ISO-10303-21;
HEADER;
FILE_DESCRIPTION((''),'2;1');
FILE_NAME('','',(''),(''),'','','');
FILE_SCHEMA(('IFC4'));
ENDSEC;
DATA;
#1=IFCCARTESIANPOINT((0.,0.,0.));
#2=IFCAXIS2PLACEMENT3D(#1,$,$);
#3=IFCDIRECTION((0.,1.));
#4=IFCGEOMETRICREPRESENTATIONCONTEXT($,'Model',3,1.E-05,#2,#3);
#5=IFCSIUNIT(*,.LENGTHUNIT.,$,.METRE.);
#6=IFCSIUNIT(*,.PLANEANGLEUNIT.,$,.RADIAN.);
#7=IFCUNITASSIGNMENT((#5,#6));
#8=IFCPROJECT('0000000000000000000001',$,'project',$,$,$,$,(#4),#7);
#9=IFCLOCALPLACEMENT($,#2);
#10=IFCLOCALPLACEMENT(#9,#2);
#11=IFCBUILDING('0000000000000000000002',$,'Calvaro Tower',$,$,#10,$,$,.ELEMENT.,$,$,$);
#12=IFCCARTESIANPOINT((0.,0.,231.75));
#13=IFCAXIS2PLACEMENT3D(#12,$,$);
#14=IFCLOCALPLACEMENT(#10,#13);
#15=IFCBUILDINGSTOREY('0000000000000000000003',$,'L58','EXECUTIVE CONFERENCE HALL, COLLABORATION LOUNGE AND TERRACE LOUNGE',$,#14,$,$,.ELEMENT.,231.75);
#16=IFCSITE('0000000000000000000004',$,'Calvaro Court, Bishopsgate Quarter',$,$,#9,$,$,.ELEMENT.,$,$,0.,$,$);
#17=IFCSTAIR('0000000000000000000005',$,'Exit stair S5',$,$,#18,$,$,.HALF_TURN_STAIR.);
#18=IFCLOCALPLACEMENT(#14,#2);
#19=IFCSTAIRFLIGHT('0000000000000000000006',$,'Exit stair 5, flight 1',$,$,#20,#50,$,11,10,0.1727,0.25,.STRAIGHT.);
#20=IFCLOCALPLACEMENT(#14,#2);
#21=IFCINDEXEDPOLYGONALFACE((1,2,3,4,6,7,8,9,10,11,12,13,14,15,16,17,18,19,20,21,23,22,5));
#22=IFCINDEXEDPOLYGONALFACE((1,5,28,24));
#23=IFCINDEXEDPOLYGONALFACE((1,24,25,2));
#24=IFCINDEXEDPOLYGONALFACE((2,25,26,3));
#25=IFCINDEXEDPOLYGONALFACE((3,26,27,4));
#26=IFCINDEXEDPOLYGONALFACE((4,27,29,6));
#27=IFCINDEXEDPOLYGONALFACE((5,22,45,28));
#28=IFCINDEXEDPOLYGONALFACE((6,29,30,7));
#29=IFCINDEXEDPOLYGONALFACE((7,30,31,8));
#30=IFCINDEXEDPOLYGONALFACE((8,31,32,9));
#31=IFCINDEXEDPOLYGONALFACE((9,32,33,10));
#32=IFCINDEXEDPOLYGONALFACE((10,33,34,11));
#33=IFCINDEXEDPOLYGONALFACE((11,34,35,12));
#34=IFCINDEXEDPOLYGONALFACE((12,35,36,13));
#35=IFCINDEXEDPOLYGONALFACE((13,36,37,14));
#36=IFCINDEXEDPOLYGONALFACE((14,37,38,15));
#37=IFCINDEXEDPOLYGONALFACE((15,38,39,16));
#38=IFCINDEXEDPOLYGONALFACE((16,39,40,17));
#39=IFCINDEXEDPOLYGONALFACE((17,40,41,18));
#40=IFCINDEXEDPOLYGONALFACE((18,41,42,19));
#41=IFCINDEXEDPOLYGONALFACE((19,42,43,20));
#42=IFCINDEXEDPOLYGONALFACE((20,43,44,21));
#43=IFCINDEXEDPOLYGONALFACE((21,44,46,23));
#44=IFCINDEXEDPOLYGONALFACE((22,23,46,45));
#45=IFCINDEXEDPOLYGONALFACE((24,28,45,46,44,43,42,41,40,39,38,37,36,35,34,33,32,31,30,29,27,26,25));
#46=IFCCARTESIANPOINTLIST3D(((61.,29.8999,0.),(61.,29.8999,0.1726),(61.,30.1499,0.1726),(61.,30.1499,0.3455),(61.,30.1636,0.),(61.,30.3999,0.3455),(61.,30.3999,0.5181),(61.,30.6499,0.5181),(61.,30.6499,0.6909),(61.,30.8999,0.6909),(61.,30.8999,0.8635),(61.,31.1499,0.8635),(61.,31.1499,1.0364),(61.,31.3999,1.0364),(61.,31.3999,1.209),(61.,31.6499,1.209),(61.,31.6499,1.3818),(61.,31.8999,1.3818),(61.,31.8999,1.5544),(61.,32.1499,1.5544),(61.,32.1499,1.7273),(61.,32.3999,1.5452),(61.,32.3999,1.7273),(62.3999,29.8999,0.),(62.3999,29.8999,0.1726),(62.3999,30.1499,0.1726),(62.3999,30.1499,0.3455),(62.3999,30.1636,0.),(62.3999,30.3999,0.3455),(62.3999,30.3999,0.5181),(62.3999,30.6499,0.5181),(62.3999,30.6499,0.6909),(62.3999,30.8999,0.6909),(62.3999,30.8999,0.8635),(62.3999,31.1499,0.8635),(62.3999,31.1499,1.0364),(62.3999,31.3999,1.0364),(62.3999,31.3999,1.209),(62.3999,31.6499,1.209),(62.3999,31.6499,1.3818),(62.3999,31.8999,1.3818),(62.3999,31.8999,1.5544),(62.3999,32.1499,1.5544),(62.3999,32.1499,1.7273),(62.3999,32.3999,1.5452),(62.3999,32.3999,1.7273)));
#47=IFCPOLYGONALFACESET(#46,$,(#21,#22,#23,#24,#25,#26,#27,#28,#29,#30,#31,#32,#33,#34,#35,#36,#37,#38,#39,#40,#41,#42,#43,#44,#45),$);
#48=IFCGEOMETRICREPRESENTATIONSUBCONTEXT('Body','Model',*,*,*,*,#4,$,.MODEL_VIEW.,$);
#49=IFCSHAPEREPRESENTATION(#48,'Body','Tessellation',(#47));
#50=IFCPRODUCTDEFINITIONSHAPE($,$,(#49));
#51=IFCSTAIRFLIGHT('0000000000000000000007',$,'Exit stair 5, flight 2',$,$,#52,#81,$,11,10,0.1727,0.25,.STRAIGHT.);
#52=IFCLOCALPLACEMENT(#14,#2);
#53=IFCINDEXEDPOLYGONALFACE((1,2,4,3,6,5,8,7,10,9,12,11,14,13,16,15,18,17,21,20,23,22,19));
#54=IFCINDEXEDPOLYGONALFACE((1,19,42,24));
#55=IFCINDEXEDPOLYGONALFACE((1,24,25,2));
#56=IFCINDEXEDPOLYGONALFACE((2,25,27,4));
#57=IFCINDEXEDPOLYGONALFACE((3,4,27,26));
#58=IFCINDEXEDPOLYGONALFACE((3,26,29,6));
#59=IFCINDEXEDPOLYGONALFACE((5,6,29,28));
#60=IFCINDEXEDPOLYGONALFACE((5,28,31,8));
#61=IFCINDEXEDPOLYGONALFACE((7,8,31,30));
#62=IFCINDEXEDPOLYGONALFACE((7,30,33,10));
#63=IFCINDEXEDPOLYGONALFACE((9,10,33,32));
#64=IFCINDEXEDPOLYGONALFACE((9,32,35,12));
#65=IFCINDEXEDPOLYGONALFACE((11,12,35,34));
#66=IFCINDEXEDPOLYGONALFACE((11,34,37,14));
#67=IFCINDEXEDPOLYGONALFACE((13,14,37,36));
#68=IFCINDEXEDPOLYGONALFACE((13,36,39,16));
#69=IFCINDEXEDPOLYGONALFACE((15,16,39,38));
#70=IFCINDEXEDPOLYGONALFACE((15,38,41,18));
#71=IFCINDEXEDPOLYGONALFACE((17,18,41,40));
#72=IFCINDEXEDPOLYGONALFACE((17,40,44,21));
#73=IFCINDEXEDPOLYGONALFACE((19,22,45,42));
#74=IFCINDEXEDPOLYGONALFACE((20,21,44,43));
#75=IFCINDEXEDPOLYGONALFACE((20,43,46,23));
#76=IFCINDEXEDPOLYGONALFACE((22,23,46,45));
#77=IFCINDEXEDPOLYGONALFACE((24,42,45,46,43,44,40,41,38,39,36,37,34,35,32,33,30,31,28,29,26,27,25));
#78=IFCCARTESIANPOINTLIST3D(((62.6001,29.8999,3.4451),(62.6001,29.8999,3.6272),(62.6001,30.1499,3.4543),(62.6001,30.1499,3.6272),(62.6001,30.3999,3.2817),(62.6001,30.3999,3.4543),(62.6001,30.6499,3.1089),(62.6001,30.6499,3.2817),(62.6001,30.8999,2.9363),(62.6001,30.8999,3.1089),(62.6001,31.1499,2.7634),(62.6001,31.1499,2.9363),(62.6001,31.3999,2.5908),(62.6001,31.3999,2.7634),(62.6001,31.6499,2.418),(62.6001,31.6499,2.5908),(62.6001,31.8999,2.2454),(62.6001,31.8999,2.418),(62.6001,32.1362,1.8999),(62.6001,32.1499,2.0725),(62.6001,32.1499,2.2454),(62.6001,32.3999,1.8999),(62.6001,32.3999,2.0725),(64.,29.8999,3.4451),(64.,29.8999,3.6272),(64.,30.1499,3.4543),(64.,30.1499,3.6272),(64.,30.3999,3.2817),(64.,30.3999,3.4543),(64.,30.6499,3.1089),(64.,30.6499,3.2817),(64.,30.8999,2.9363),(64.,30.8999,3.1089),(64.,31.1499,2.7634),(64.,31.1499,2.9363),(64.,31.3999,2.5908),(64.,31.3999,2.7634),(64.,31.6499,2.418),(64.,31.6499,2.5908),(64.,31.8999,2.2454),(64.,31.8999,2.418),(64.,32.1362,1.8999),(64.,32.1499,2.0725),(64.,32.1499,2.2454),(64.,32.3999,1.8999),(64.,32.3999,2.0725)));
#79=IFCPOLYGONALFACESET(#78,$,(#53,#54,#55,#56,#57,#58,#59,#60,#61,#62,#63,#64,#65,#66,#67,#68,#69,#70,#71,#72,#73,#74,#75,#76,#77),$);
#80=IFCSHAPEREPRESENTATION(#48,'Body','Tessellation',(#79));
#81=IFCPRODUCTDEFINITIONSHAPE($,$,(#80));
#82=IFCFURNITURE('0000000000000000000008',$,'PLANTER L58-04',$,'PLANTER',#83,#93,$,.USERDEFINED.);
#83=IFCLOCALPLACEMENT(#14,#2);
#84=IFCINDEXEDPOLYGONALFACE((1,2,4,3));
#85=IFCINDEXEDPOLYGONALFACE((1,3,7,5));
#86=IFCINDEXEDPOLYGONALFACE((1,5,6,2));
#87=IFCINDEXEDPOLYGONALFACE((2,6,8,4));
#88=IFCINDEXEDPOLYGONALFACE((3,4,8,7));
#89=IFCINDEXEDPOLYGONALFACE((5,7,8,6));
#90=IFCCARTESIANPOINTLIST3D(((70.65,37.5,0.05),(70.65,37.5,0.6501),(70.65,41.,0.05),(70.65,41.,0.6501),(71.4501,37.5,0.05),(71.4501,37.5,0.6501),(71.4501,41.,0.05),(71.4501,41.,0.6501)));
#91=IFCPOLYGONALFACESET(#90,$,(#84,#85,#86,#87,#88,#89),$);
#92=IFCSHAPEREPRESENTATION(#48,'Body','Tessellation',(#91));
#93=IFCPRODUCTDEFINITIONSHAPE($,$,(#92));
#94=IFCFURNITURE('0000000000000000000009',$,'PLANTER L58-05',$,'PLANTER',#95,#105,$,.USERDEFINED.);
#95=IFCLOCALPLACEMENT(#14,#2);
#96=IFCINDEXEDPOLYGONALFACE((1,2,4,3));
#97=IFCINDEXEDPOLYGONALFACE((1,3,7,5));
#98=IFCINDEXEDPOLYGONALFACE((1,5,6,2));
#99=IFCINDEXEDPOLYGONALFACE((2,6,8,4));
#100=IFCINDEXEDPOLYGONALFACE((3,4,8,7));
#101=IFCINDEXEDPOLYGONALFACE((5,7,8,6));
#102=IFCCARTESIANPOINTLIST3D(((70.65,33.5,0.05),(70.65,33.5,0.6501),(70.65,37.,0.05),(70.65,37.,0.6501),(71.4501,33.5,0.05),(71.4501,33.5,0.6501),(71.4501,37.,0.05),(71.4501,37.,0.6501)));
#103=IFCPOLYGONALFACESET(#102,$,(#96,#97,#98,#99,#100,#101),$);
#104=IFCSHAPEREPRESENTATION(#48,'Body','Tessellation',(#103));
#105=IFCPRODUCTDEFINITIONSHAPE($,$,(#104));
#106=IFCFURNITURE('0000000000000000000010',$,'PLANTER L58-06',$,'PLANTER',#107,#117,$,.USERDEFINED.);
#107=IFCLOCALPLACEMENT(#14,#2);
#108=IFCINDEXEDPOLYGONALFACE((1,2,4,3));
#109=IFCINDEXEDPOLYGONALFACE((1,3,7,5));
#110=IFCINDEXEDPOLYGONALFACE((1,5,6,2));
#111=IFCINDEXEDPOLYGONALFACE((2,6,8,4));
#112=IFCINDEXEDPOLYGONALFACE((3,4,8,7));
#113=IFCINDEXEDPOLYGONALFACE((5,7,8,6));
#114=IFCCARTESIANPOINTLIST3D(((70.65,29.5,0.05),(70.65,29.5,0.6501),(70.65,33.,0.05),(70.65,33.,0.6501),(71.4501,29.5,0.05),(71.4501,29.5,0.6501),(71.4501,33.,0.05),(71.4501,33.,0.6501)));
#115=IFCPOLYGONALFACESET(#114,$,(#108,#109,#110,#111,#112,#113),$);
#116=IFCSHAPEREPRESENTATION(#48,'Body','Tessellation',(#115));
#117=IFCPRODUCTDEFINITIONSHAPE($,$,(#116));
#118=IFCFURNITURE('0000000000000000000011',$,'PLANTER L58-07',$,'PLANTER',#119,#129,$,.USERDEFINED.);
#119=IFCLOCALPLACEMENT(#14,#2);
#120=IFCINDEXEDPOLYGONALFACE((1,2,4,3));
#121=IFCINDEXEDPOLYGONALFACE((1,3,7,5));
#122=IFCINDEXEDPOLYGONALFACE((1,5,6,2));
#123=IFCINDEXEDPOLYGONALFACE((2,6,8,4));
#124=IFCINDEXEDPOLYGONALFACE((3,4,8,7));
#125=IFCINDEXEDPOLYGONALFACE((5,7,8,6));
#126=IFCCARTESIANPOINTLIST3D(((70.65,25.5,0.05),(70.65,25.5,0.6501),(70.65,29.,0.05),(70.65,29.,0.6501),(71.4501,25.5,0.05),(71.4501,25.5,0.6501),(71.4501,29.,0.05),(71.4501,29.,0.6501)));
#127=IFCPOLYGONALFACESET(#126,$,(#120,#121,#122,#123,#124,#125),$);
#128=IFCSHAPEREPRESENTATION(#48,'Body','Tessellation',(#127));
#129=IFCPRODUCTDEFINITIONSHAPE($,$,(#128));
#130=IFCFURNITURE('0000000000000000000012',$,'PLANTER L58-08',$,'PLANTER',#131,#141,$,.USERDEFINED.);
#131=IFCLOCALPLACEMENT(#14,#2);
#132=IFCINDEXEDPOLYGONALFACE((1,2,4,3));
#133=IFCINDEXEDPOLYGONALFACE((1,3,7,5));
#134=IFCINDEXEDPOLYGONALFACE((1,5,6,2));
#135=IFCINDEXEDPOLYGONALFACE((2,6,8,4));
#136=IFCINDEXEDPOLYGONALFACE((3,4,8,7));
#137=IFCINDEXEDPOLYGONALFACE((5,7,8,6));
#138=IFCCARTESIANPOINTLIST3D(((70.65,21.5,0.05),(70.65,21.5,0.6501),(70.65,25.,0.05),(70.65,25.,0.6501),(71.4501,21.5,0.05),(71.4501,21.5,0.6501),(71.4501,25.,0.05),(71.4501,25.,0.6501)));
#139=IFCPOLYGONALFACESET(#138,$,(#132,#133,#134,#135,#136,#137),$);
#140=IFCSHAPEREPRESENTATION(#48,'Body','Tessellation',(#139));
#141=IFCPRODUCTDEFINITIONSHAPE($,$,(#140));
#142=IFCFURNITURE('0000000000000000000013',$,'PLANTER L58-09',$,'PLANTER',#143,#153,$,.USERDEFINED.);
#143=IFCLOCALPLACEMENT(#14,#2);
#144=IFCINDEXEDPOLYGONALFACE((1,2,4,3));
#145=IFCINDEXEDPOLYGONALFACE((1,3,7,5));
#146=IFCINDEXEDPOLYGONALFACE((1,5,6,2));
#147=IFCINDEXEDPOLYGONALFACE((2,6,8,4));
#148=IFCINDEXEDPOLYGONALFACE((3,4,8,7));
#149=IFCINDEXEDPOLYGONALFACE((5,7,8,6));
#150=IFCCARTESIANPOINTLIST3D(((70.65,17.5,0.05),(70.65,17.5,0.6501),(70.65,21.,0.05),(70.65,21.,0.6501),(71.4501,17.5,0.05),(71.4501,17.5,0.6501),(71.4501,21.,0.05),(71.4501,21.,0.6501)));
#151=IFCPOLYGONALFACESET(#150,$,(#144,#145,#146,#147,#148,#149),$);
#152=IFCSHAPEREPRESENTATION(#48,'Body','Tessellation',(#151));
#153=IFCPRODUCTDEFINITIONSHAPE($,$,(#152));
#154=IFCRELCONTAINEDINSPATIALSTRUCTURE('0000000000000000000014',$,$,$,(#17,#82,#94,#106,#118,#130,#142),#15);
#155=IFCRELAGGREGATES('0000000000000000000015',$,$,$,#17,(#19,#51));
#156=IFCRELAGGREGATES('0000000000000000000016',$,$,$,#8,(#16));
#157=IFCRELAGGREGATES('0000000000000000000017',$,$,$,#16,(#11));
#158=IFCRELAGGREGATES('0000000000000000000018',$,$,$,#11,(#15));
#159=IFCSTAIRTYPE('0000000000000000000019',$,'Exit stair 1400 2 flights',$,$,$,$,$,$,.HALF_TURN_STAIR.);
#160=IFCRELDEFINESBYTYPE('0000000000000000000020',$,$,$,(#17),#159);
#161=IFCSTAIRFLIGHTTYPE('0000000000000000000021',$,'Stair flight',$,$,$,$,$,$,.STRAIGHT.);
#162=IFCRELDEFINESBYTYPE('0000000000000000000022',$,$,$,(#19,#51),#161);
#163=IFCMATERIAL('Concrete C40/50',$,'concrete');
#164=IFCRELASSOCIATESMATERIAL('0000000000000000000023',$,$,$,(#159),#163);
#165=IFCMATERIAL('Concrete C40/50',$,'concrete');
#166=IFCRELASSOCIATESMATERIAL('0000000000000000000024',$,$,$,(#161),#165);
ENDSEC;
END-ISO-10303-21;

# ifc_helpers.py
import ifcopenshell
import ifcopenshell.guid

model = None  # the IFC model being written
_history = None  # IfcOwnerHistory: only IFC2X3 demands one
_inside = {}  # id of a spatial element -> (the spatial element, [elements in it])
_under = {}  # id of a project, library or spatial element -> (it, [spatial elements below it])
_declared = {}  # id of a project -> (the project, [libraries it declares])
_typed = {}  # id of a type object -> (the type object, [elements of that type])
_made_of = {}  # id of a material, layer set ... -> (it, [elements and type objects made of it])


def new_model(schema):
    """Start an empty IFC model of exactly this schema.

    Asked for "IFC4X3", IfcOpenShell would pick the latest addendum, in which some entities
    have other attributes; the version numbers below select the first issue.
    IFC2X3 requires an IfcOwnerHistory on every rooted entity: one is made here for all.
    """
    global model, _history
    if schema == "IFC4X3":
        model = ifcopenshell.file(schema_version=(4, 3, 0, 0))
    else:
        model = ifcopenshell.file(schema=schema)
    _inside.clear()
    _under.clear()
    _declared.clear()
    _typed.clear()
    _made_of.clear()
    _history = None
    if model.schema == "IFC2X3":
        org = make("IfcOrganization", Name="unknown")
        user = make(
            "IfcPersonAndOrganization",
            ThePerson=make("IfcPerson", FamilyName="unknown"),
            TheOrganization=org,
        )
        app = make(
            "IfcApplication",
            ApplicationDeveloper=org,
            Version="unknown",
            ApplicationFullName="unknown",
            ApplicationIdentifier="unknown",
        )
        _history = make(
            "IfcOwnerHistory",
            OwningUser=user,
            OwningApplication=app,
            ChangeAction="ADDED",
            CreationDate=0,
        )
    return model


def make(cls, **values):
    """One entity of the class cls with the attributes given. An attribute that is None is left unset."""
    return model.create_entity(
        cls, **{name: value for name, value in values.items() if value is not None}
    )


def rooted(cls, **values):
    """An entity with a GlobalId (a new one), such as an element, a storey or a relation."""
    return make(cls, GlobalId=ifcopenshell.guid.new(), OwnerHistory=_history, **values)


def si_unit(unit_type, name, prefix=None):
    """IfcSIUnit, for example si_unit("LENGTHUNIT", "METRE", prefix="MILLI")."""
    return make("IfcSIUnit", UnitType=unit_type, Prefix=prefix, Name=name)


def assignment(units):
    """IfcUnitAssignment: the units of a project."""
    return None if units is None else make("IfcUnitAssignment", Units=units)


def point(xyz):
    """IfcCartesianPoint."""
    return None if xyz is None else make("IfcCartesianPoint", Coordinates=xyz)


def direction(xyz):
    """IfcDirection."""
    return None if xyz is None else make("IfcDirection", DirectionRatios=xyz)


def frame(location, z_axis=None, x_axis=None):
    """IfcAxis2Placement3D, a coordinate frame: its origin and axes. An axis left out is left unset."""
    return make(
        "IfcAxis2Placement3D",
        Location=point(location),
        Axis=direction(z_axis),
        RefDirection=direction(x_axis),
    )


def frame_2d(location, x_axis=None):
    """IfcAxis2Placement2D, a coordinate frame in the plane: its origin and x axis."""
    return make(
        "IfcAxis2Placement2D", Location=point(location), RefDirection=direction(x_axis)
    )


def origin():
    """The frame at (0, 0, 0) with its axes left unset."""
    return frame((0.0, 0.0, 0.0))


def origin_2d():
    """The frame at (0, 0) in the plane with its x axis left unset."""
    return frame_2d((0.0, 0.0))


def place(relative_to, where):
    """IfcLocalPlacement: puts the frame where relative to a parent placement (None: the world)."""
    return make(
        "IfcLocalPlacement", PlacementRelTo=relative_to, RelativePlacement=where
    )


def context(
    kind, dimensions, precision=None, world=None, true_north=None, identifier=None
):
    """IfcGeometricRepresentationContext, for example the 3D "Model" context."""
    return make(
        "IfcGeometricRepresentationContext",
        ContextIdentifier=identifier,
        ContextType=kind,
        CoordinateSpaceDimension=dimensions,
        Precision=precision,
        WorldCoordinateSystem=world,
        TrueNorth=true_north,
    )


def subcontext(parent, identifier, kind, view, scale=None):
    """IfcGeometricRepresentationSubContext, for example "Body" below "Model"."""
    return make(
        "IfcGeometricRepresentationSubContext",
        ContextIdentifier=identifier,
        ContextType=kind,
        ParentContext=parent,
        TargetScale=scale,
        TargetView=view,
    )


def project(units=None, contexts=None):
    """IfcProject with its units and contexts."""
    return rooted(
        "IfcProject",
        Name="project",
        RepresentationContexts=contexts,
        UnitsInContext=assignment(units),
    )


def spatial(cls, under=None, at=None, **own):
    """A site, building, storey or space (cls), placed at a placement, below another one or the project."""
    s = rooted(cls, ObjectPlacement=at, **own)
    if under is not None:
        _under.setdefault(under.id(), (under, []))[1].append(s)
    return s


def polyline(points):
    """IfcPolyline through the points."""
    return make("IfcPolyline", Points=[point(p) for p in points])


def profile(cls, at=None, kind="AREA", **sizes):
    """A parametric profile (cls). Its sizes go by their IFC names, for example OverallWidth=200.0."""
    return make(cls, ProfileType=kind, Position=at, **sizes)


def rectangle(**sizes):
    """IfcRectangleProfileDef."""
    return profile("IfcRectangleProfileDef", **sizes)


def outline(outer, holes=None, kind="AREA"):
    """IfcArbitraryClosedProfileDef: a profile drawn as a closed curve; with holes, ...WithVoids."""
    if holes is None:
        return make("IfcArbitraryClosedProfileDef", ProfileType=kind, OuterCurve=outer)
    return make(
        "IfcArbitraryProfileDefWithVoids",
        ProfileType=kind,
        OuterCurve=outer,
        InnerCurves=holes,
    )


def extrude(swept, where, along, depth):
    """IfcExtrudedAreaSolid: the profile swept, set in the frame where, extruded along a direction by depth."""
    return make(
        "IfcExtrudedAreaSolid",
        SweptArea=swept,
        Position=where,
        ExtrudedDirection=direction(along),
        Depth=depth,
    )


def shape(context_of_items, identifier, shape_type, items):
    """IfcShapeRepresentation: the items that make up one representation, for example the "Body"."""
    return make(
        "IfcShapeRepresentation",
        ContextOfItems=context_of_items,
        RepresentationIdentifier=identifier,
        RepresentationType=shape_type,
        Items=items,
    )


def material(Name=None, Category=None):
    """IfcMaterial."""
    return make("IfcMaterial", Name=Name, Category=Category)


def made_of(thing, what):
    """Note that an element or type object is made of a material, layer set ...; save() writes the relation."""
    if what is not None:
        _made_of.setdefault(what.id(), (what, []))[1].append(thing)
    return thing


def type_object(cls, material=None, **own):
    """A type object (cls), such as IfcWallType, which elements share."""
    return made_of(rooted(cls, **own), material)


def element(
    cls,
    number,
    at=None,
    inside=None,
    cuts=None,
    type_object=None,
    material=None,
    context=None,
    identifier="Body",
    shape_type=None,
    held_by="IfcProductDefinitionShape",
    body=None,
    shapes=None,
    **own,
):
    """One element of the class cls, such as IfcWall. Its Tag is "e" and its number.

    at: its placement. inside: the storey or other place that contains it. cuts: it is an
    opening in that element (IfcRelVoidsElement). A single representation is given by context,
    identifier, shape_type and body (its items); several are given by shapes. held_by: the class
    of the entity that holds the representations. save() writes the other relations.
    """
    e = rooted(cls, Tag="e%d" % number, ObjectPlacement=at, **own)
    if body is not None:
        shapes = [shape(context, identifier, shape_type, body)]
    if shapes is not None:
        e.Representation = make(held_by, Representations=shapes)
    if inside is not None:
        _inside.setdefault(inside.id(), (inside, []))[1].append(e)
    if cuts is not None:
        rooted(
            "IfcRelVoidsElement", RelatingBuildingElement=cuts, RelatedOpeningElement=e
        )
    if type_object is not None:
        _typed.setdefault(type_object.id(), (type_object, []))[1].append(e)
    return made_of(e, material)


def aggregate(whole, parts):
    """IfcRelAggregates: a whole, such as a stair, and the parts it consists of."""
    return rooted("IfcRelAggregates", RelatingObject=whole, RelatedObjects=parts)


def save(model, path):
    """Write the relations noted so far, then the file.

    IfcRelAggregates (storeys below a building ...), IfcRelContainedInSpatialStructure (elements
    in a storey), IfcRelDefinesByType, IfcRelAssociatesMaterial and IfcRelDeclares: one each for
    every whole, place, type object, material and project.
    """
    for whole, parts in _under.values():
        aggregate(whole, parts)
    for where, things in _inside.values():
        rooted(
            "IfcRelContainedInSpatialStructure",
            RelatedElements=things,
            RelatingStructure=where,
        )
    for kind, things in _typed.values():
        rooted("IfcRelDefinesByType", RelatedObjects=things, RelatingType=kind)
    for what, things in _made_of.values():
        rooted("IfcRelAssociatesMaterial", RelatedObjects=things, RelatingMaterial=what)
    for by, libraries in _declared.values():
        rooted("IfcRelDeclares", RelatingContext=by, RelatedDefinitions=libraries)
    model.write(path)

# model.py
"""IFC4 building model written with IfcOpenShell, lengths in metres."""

from ifc_helpers import new_model, si_unit, direction, frame, origin, origin_2d, place, context, subcontext, project, spatial, polyline, rectangle, outline, extrude, material, type_object, element, aggregate, save


model = new_model("IFC4")

# Units and contexts
model_context = context("Model", 3, precision=1e-05, world=origin(), true_north=direction((0.0, 1.0)))
body_context = subcontext(model_context, "Body", "Model", "MODEL_VIEW")
ifc_project = project(units=[si_unit("LENGTHUNIT", "METRE"), si_unit("PLANEANGLEUNIT", "RADIAN")], contexts=[model_context])

# Site, building, storey
site_placement = place(None, origin())
site = spatial("IfcSite", under=ifc_project, at=site_placement, Name="Calvaro Court, Bishopsgate Quarter", CompositionType="ELEMENT", RefElevation=0.0)
building_placement = place(site_placement, origin())
building = spatial("IfcBuilding", under=site, at=building_placement, Name="Calvaro Tower", CompositionType="ELEMENT")
storey_placement = place(building_placement, frame((0.0, 0.0, 231.75)))
storey = spatial("IfcBuildingStorey", under=building, at=storey_placement, Name="L58", Description="EXECUTIVE CONFERENCE HALL, COLLABORATION LOUNGE AND TERRACE LOUNGE", CompositionType="ELEMENT", Elevation=231.75)

# Stair, stair flights
ifc_material_1 = material(Name="Concrete C40/50", Category="concrete")
stair_type = type_object("IfcStairType", Name="Exit stair 1400 2 flights", PredefinedType="HALF_TURN_STAIR", material=ifc_material_1)
stair_placement = place(storey_placement, origin())
stair = element("IfcStair", 1, at=stair_placement, inside=storey, type_object=stair_type, Name="Exit stair S5", PredefinedType="HALF_TURN_STAIR")
ifc_material_2 = material(Name="Concrete C40/50", Category="concrete")
stair_flight_type = type_object("IfcStairFlightType", Name="Stair flight", PredefinedType="STRAIGHT", material=ifc_material_2)
stair_flight_1_placement = place(storey_placement, frame((61.7, 29.8999, 0.0), z_axis=(0.0, 0.0, 1.0), x_axis=(0.0, 1.0, 0.0)))
stair_flight_1 = element("IfcStairFlight", 2, at=stair_flight_1_placement, type_object=stair_flight_type, Name="Exit stair 5, flight 1", NumberOfRisers=11, NumberOfTreads=10, PredefinedType="STRAIGHT", RiserHeight=0.1727, TreadLength=0.25, context=body_context, shape_type="SweptSolid", body=[
    extrude(outline(polyline([(0.0, 0.0), (0.0, 0.1726), (0.25, 0.1726), (0.25, 0.3455), (0.5, 0.3455), (0.5, 0.5181), (0.75, 0.5181), (0.75, 0.6909), (1.0, 0.6909), (1.0, 0.8635), (1.25, 0.8635), (1.25, 1.0364), (1.5, 1.0364), (1.5, 1.209), (1.75, 1.209), (1.75, 1.3818), (2.0, 1.3818), (2.0, 1.5544), (2.25, 1.5544), (2.25, 1.7273), (2.5, 1.7273), (2.5, 1.8999), (2.5, 1.5452), (0.2637, 0.0), (0.0, 0.0)])), frame((0.0, 0.7, 0.0), z_axis=(0.0, -1.0, 0.0), x_axis=(1.0, 0.0, 0.0)), (0.0, 0.0, 1.0), 1.3999),
])
stair_flight_2_placement = place(storey_placement, frame((63.3, 32.3999, 1.8999), z_axis=(0.0, 0.0, 1.0), x_axis=(0.0, -1.0, 0.0)))
stair_flight_2 = element("IfcStairFlight", 3, at=stair_flight_2_placement, type_object=stair_flight_type, Name="Exit stair 5, flight 2", NumberOfRisers=11, NumberOfTreads=10, PredefinedType="STRAIGHT", RiserHeight=0.1727, TreadLength=0.25, context=body_context, shape_type="SweptSolid", body=[
    extrude(outline(polyline([(0.0, 0.0), (0.0, 0.1726), (0.25, 0.1726), (0.25, 0.3455), (0.5, 0.3455), (0.5, 0.5181), (0.75, 0.5181), (0.75, 0.6909), (1.0, 0.6909), (1.0, 0.8635), (1.25, 0.8635), (1.25, 1.0364), (1.5, 1.0364), (1.5, 1.209), (1.75, 1.209), (1.75, 1.3818), (2.0, 1.3818), (2.0, 1.5544), (2.25, 1.5544), (2.25, 1.7273), (2.5, 1.7273), (2.5, 1.8999), (2.5, 1.5452), (0.2637, 0.0), (0.0, 0.0)])), frame((0.0, 0.7, 0.0), z_axis=(0.0, -1.0, 0.0), x_axis=(1.0, 0.0, 0.0)), (0.0, 0.0, 1.0), 1.3999),
])
aggregate(stair, [stair_flight_1, stair_flight_2])

# Furniture
for number, where, z_axis, x_axis, name in (
    (4, (71.05, 39.25, 0.05), (0.0, 0.0, 1.0), (1.0, 0.0, 0.0), "PLANTER L58-04"),
    (5, (71.05, 35.25, 0.05), (0.0, 0.0, 1.0), (1.0, 0.0, 0.0), "PLANTER L58-05"),
    (6, (71.05, 31.25, 0.05), (0.0, 0.0, 1.0), (1.0, 0.0, 0.0), "PLANTER L58-06"),
    (7, (71.05, 27.25, 0.05), (0.0, 0.0, 1.0), (1.0, 0.0, 0.0), "PLANTER L58-07"),
    (8, (71.05, 23.25, 0.05), (0.0, 0.0, 1.0), (1.0, 0.0, 0.0), "PLANTER L58-08"),
    (9, (71.05, 19.25, 0.05), (0.0, 0.0, 1.0), (1.0, 0.0, 0.0), "PLANTER L58-09"),
):
    element("IfcFurniture", number, at=place(storey_placement, frame(where, z_axis=z_axis, x_axis=x_axis)), inside=storey, Name=name, ObjectType="PLANTER", PredefinedType="USERDEFINED", context=body_context, shape_type="SweptSolid", body=[
        extrude(rectangle(XDim=0.8, YDim=3.5, at=origin_2d()), origin(), (0.0, 0.0, 1.0), 0.6001),
    ])

save(model, "model.ifc")
